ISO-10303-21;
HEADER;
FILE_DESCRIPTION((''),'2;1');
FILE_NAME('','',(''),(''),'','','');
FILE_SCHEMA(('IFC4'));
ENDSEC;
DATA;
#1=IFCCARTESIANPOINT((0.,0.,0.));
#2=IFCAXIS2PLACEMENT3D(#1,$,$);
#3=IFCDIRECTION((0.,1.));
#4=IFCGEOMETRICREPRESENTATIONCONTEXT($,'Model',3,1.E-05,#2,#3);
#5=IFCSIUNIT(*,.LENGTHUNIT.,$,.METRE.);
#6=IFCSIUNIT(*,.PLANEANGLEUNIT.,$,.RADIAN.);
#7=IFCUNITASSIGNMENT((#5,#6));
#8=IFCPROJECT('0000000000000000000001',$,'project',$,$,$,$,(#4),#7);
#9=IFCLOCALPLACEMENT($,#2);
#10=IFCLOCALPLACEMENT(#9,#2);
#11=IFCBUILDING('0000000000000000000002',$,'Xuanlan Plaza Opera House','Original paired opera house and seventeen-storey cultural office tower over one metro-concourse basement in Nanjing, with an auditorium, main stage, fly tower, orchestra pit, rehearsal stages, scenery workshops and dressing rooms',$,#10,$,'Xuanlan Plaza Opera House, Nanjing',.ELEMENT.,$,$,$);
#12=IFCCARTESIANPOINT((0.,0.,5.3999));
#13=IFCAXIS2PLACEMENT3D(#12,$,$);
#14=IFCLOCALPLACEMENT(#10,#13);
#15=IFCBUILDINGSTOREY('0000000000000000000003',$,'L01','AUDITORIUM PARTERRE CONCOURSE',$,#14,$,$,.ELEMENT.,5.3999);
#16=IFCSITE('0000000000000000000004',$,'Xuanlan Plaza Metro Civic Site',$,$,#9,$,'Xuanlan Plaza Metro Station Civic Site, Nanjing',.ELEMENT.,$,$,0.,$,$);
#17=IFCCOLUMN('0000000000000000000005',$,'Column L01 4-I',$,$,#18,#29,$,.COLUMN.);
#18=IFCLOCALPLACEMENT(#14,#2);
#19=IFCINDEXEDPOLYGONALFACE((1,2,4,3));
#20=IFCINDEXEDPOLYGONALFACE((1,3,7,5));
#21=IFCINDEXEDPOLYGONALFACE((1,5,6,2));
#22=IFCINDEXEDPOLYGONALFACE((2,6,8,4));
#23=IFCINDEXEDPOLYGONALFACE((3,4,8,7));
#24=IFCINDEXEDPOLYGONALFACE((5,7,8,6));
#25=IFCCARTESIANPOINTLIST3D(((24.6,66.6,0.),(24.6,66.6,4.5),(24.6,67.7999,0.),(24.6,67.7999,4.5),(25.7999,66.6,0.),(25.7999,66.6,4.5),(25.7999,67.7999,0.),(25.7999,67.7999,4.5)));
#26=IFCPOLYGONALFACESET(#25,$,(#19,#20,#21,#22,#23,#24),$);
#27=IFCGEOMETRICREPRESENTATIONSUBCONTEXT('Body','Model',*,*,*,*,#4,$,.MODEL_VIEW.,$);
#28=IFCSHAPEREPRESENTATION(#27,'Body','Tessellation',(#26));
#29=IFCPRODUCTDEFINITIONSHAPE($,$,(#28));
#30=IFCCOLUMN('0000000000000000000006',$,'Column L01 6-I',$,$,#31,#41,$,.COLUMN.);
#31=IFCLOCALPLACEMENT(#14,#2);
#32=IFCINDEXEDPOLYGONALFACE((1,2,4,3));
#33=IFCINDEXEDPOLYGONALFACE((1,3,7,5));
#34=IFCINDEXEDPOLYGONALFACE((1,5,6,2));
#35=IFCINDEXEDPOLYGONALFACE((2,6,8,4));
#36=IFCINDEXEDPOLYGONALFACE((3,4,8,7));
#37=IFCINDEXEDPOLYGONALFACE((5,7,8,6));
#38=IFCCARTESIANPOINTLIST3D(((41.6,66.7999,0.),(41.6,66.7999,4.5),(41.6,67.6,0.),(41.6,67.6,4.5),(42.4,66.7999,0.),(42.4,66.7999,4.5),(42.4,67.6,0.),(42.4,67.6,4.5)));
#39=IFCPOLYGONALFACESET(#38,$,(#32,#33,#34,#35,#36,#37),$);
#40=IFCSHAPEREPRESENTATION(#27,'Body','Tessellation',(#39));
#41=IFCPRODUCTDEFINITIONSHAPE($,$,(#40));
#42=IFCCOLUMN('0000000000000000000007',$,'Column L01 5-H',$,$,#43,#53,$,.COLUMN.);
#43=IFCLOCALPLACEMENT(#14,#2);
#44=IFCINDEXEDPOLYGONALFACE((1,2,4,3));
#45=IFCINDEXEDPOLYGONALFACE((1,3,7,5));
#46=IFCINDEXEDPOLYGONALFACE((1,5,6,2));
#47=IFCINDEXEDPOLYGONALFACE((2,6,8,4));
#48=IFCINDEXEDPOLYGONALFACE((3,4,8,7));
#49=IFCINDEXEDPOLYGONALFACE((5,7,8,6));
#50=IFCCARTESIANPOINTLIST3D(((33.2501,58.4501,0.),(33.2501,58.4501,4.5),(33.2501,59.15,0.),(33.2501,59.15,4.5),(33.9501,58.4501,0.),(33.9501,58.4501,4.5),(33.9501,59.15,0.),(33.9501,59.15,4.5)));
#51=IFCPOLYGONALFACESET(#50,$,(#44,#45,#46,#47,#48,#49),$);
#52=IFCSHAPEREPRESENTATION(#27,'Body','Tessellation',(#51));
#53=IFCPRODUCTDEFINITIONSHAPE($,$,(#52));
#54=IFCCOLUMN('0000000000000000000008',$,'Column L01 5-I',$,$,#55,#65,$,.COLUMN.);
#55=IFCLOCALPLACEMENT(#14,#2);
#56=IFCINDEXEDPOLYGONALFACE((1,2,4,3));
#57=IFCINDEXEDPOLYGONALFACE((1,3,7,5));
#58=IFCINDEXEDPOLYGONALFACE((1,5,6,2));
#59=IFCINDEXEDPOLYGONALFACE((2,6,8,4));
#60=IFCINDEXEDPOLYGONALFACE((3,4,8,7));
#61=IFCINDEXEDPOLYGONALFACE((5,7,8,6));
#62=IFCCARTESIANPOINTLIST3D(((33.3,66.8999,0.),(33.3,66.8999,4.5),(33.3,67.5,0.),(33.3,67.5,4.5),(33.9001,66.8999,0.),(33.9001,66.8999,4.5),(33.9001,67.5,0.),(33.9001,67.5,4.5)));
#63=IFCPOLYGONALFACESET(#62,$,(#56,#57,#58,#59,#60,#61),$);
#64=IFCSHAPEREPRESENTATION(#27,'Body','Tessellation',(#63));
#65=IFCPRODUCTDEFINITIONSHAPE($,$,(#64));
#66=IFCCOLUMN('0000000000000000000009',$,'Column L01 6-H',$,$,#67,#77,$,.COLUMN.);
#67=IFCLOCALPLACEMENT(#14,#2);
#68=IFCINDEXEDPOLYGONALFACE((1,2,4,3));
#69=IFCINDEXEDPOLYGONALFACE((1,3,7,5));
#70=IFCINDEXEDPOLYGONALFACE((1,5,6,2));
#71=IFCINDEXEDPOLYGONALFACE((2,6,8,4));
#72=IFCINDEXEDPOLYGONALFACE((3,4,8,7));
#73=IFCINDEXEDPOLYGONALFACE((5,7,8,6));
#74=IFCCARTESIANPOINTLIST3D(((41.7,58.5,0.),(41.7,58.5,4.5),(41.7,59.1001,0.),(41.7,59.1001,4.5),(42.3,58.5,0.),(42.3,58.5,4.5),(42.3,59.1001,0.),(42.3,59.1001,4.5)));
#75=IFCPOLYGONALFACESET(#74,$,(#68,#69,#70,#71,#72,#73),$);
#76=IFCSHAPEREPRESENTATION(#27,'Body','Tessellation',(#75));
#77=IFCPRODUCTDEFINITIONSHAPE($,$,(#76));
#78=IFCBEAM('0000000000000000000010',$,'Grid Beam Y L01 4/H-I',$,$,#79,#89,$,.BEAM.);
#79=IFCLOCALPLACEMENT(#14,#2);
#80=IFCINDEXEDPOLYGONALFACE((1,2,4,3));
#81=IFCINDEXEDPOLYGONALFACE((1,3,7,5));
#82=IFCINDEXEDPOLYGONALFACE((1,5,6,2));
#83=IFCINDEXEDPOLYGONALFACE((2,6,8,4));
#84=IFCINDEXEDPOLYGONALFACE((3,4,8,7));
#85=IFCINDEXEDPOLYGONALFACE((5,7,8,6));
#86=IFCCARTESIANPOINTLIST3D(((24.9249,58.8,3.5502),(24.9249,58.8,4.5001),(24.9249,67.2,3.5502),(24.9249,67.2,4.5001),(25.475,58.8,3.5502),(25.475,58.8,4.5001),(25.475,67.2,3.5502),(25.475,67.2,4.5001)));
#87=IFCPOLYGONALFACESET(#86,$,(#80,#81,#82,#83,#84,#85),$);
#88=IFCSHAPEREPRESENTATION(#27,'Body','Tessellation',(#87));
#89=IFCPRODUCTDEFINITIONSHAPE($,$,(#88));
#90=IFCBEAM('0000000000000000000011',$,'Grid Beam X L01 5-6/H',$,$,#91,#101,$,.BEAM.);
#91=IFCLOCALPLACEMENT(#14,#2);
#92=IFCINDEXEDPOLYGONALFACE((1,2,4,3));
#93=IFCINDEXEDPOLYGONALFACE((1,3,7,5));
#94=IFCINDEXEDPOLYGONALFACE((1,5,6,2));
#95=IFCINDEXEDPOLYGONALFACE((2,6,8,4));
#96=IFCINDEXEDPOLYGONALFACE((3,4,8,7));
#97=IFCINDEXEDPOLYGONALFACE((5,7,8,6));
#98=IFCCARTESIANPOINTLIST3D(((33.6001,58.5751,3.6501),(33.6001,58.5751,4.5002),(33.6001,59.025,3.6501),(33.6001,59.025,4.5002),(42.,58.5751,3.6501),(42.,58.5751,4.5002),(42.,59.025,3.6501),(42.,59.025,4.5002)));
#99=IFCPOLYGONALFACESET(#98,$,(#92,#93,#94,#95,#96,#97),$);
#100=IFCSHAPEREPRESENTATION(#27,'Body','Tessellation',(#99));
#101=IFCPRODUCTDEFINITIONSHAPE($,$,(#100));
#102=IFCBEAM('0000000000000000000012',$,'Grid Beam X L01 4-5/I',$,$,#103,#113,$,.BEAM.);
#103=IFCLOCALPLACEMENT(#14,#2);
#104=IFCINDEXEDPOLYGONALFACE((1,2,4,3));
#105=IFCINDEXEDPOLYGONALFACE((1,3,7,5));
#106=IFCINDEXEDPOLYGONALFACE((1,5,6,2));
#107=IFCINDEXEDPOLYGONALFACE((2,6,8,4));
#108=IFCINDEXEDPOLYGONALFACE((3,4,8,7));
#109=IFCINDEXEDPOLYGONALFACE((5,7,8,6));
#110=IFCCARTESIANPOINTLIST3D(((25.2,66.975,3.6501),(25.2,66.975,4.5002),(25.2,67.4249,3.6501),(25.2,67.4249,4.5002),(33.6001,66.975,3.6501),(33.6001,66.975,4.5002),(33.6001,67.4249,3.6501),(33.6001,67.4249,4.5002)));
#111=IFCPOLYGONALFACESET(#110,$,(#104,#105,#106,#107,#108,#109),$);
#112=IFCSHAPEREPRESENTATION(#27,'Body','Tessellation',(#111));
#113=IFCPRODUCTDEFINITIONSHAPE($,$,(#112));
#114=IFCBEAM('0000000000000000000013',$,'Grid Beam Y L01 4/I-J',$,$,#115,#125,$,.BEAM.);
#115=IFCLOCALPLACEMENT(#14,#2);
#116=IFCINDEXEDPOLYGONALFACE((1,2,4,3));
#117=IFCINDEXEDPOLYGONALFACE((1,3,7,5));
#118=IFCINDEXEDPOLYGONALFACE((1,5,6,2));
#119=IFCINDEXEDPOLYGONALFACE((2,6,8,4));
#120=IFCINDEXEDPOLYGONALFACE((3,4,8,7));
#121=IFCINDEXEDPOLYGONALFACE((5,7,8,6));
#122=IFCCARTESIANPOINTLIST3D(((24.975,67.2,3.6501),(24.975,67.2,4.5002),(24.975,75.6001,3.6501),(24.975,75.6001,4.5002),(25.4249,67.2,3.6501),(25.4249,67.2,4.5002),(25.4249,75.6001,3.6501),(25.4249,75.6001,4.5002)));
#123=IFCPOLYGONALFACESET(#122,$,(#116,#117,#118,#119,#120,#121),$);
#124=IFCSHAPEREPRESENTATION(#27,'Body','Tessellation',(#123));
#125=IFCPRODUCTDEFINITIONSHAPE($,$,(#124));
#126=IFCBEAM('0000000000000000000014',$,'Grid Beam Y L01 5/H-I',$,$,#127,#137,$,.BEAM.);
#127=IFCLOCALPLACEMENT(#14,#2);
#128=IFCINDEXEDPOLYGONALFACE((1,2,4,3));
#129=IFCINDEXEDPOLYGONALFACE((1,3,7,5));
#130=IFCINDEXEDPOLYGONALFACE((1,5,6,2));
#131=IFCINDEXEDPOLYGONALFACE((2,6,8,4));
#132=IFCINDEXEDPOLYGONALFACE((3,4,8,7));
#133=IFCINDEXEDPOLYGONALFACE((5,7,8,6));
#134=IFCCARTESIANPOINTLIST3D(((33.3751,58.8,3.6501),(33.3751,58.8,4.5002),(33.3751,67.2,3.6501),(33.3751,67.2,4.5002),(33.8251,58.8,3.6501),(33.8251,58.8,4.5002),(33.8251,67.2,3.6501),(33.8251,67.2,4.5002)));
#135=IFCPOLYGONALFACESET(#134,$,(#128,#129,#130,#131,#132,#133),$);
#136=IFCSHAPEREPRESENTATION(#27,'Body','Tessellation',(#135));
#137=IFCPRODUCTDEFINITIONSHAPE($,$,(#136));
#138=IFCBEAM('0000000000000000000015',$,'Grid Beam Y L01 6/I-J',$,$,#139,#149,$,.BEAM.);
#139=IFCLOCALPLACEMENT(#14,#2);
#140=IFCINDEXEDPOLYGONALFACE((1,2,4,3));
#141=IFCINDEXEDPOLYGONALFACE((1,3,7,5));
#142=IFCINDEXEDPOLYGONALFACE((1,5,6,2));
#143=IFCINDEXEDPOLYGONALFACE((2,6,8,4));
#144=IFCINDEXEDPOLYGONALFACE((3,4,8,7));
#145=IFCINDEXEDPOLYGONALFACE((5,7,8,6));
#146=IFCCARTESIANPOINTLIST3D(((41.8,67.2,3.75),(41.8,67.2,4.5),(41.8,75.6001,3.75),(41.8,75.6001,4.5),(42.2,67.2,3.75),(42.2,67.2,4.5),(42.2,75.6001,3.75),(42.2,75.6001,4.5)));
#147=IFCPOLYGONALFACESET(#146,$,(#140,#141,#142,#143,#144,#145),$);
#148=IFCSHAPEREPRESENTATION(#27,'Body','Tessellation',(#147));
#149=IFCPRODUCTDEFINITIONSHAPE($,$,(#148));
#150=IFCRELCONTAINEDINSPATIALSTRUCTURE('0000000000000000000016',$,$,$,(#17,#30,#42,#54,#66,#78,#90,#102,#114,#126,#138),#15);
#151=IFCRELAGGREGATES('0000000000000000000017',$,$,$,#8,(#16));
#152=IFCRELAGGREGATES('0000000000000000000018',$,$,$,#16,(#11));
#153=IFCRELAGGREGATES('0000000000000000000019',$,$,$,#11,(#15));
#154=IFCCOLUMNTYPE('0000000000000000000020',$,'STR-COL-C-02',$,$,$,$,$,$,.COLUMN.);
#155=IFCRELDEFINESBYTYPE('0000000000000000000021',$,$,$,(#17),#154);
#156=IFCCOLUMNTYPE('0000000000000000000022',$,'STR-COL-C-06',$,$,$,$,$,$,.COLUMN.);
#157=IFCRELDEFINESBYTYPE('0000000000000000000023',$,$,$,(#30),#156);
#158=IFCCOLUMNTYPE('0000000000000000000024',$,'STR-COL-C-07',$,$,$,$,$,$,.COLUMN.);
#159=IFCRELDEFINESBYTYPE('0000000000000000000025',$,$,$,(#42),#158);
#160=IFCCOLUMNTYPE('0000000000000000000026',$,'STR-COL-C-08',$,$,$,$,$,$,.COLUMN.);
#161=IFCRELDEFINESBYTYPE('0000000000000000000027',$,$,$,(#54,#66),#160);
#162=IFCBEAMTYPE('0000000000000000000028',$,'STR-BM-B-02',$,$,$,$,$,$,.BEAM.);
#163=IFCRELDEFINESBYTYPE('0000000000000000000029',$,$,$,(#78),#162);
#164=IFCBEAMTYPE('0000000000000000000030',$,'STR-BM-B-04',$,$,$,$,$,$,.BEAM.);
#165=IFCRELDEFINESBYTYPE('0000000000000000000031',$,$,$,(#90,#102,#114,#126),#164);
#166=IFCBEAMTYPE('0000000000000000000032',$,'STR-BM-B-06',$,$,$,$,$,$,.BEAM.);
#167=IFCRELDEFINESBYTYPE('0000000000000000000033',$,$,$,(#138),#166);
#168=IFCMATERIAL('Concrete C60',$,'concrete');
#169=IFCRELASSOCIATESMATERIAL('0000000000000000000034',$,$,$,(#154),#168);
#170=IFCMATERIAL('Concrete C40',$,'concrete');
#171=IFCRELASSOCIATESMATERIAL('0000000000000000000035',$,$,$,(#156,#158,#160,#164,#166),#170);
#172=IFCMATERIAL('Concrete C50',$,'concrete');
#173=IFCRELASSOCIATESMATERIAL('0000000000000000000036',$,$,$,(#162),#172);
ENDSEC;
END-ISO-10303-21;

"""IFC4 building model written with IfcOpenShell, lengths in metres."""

from ifc_helpers import new_model, si_unit, direction, frame, origin, origin_2d, place, context, subcontext, project, spatial, rectangle, extrude, material, material_profile, profile_set, type_object, element, save


model = new_model("IFC4")

# Units and contexts
model_context = context("Model", 3, precision=1e-05, world=origin(), true_north=direction((0.0, 1.0)))
body_context = subcontext(model_context, "Body", "Model", "MODEL_VIEW")
ifc_project = project(units=[si_unit("LENGTHUNIT", "METRE"), si_unit("PLANEANGLEUNIT", "RADIAN")], contexts=[model_context])

# Site, building, storey
site_placement = place(None, origin())
site = spatial("IfcSite", under=ifc_project, at=site_placement, Name="Xuanlan Plaza Metro Civic Site", LongName="Xuanlan Plaza Metro Station Civic Site, Nanjing", CompositionType="ELEMENT", RefElevation=0.0)
building_placement = place(site_placement, origin())
building = spatial("IfcBuilding", under=site, at=building_placement, Name="Xuanlan Plaza Opera House", Description="Original paired opera house and seventeen-storey cultural office tower over one metro-concourse basement in Nanjing, with an auditorium, main stage, fly tower, orchestra pit, rehearsal stages, scenery workshops and dressing rooms", LongName="Xuanlan Plaza Opera House, Nanjing", CompositionType="ELEMENT")
storey_placement = place(building_placement, frame((0.0, 0.0, 5.3999)))
storey = spatial("IfcBuildingStorey", under=building, at=storey_placement, Name="L01", Description="AUDITORIUM PARTERRE CONCOURSE", CompositionType="ELEMENT", Elevation=5.3999)

# Columns
ifc_material_1 = material(Name="Concrete C60", Category="concrete")
ifc_material_profile_1 = material_profile(ifc_material_1, rectangle(XDim=1.2, YDim=1.2, at=origin_2d()), Name="RC-COL 1200x1200")
ifc_profile_set_1 = profile_set([ifc_material_profile_1], Name="Concrete C60")
column_type_1 = type_object("IfcColumnType", Name="STR-COL-C-02", PredefinedType="COLUMN", material=ifc_profile_set_1)
column_1_placement = place(storey_placement, frame((25.2, 67.2, 0.0), z_axis=(0.0, 0.0, 1.0), x_axis=(1.0, 0.0, 0.0)))
element("IfcColumn", 1, at=column_1_placement, inside=storey, type_object=column_type_1, Name="Column L01 4-I", PredefinedType="COLUMN", context=body_context, shape_type="SweptSolid", body=[
    extrude(rectangle(XDim=1.2, YDim=1.2, at=origin_2d()), origin(), (0.0, 0.0, 1.0), 4.5),
])
ifc_material_2 = material(Name="Concrete C40", Category="concrete")
ifc_material_profile_2 = material_profile(ifc_material_2, rectangle(XDim=0.8, YDim=0.8, at=origin_2d()), Name="RC-COL 800x800")
ifc_profile_set_2 = profile_set([ifc_material_profile_2], Name="Concrete C40")
column_type_2 = type_object("IfcColumnType", Name="STR-COL-C-06", PredefinedType="COLUMN", material=ifc_profile_set_2)
column_2_placement = place(storey_placement, frame((42.0, 67.2, 0.0), z_axis=(0.0, 0.0, 1.0), x_axis=(1.0, 0.0, 0.0)))
element("IfcColumn", 2, at=column_2_placement, inside=storey, type_object=column_type_2, Name="Column L01 6-I", PredefinedType="COLUMN", context=body_context, shape_type="SweptSolid", body=[
    extrude(rectangle(XDim=0.8, YDim=0.8, at=origin_2d()), origin(), (0.0, 0.0, 1.0), 4.5),
])
ifc_material_profile_3 = material_profile(ifc_material_2, rectangle(XDim=0.7, YDim=0.7, at=origin_2d()), Name="RC-COL 700x700")
ifc_profile_set_3 = profile_set([ifc_material_profile_3], Name="Concrete C40")
column_type_3 = type_object("IfcColumnType", Name="STR-COL-C-07", PredefinedType="COLUMN", material=ifc_profile_set_3)
column_3_placement = place(storey_placement, frame((33.6001, 58.8, 0.0), z_axis=(0.0, 0.0, 1.0), x_axis=(1.0, 0.0, 0.0)))
element("IfcColumn", 3, at=column_3_placement, inside=storey, type_object=column_type_3, Name="Column L01 5-H", PredefinedType="COLUMN", context=body_context, shape_type="SweptSolid", body=[
    extrude(rectangle(XDim=0.7, YDim=0.7, at=origin_2d()), origin(), (0.0, 0.0, 1.0), 4.5),
])
ifc_material_profile_4 = material_profile(ifc_material_2, rectangle(XDim=0.6001, YDim=0.6001, at=origin_2d()), Name="RC-COL 600x600")
ifc_profile_set_4 = profile_set([ifc_material_profile_4], Name="Concrete C40")
column_type_4 = type_object("IfcColumnType", Name="STR-COL-C-08", PredefinedType="COLUMN", material=ifc_profile_set_4)
for number, where, z_axis, x_axis, name in (
    (4, (33.6001, 67.2, 0.0), (0.0, 0.0, 1.0), (1.0, 0.0, 0.0), "Column L01 5-I"),
    (5, (42.0, 58.8, 0.0), (0.0, 0.0, 1.0), (1.0, 0.0, 0.0), "Column L01 6-H"),
):
    element("IfcColumn", number, at=place(storey_placement, frame(where, z_axis=z_axis, x_axis=x_axis)), inside=storey, type_object=column_type_4, Name=name, PredefinedType="COLUMN", context=body_context, shape_type="SweptSolid", body=[
        extrude(rectangle(XDim=0.6001, YDim=0.6001, at=origin_2d()), origin(), (0.0, 0.0, 1.0), 4.5),
    ])

# Beams
ifc_material_3 = material(Name="Concrete C50", Category="concrete")
ifc_material_profile_5 = material_profile(ifc_material_3, rectangle(XDim=0.55, YDim=0.95, at=origin_2d()), Name="RC-BM 550x950")
ifc_profile_set_5 = profile_set([ifc_material_profile_5], Name="Concrete C50")
beam_type_1 = type_object("IfcBeamType", Name="STR-BM-B-02", PredefinedType="BEAM", material=ifc_profile_set_5)
beam_1_placement = place(storey_placement, frame((25.2, 58.8, 4.0251), z_axis=(0.0, 1.0, 0.0), x_axis=(-1.0, 0.0, 0.0)))
element("IfcBeam", 6, at=beam_1_placement, inside=storey, type_object=beam_type_1, Name="Grid Beam Y L01 4/H-I", PredefinedType="BEAM", context=body_context, shape_type="SweptSolid", body=[
    extrude(rectangle(XDim=0.55, YDim=0.95, at=origin_2d()), origin(), (0.0, 0.0, 1.0), 8.3999),
])
ifc_material_profile_6 = material_profile(ifc_material_2, rectangle(XDim=0.45, YDim=0.8501, at=origin_2d()), Name="RC-BM 450x850")
ifc_profile_set_6 = profile_set([ifc_material_profile_6], Name="Concrete C40")
beam_type_2 = type_object("IfcBeamType", Name="STR-BM-B-04", PredefinedType="BEAM", material=ifc_profile_set_6)
beam_2_placement = place(storey_placement, frame((33.6001, 58.8, 4.0752), z_axis=(1.0, 0.0, 0.0), x_axis=(0.0, 1.0, 0.0)))
element("IfcBeam", 7, at=beam_2_placement, inside=storey, type_object=beam_type_2, Name="Grid Beam X L01 5-6/H", PredefinedType="BEAM", context=body_context, shape_type="SweptSolid", body=[
    extrude(rectangle(XDim=0.45, YDim=0.8501, at=origin_2d()), origin(), (0.0, 0.0, 1.0), 8.3999),
])
for number, where, z_axis, x_axis, name in (
    (8, (25.2, 67.2, 4.0752), (1.0, 0.0, 0.0), (0.0, 1.0, 0.0), "Grid Beam X L01 4-5/I"),
    (9, (25.2, 67.2, 4.0752), (0.0, 1.0, 0.0), (-1.0, 0.0, 0.0), "Grid Beam Y L01 4/I-J"),
):
    element("IfcBeam", number, at=place(storey_placement, frame(where, z_axis=z_axis, x_axis=x_axis)), inside=storey, type_object=beam_type_2, Name=name, PredefinedType="BEAM", context=body_context, shape_type="SweptSolid", body=[
        extrude(rectangle(XDim=0.45, YDim=0.8501, at=origin_2d()), origin(), (0.0, 0.0, 1.0), 8.4001),
    ])
beam_3_placement = place(storey_placement, frame((33.6001, 58.8, 4.0752), z_axis=(0.0, 1.0, 0.0), x_axis=(-1.0, 0.0, 0.0)))
element("IfcBeam", 10, at=beam_3_placement, inside=storey, type_object=beam_type_2, Name="Grid Beam Y L01 5/H-I", PredefinedType="BEAM", context=body_context, shape_type="SweptSolid", body=[
    extrude(rectangle(XDim=0.45, YDim=0.8501, at=origin_2d()), origin(), (0.0, 0.0, 1.0), 8.3999),
])
ifc_material_profile_7 = material_profile(ifc_material_2, rectangle(XDim=0.3999, YDim=0.75, at=origin_2d()), Name="RC-BM 400x750")
ifc_profile_set_7 = profile_set([ifc_material_profile_7], Name="Concrete C40")
beam_type_3 = type_object("IfcBeamType", Name="STR-BM-B-06", PredefinedType="BEAM", material=ifc_profile_set_7)
beam_4_placement = place(storey_placement, frame((42.0, 67.2, 4.125), z_axis=(0.0, 1.0, 0.0), x_axis=(-1.0, 0.0, 0.0)))
element("IfcBeam", 11, at=beam_4_placement, inside=storey, type_object=beam_type_3, Name="Grid Beam Y L01 6/I-J", PredefinedType="BEAM", context=body_context, shape_type="SweptSolid", body=[
    extrude(rectangle(XDim=0.3999, YDim=0.75, at=origin_2d()), origin(), (0.0, 0.0, 1.0), 8.4001),
])

save(model, "model.ifc")
